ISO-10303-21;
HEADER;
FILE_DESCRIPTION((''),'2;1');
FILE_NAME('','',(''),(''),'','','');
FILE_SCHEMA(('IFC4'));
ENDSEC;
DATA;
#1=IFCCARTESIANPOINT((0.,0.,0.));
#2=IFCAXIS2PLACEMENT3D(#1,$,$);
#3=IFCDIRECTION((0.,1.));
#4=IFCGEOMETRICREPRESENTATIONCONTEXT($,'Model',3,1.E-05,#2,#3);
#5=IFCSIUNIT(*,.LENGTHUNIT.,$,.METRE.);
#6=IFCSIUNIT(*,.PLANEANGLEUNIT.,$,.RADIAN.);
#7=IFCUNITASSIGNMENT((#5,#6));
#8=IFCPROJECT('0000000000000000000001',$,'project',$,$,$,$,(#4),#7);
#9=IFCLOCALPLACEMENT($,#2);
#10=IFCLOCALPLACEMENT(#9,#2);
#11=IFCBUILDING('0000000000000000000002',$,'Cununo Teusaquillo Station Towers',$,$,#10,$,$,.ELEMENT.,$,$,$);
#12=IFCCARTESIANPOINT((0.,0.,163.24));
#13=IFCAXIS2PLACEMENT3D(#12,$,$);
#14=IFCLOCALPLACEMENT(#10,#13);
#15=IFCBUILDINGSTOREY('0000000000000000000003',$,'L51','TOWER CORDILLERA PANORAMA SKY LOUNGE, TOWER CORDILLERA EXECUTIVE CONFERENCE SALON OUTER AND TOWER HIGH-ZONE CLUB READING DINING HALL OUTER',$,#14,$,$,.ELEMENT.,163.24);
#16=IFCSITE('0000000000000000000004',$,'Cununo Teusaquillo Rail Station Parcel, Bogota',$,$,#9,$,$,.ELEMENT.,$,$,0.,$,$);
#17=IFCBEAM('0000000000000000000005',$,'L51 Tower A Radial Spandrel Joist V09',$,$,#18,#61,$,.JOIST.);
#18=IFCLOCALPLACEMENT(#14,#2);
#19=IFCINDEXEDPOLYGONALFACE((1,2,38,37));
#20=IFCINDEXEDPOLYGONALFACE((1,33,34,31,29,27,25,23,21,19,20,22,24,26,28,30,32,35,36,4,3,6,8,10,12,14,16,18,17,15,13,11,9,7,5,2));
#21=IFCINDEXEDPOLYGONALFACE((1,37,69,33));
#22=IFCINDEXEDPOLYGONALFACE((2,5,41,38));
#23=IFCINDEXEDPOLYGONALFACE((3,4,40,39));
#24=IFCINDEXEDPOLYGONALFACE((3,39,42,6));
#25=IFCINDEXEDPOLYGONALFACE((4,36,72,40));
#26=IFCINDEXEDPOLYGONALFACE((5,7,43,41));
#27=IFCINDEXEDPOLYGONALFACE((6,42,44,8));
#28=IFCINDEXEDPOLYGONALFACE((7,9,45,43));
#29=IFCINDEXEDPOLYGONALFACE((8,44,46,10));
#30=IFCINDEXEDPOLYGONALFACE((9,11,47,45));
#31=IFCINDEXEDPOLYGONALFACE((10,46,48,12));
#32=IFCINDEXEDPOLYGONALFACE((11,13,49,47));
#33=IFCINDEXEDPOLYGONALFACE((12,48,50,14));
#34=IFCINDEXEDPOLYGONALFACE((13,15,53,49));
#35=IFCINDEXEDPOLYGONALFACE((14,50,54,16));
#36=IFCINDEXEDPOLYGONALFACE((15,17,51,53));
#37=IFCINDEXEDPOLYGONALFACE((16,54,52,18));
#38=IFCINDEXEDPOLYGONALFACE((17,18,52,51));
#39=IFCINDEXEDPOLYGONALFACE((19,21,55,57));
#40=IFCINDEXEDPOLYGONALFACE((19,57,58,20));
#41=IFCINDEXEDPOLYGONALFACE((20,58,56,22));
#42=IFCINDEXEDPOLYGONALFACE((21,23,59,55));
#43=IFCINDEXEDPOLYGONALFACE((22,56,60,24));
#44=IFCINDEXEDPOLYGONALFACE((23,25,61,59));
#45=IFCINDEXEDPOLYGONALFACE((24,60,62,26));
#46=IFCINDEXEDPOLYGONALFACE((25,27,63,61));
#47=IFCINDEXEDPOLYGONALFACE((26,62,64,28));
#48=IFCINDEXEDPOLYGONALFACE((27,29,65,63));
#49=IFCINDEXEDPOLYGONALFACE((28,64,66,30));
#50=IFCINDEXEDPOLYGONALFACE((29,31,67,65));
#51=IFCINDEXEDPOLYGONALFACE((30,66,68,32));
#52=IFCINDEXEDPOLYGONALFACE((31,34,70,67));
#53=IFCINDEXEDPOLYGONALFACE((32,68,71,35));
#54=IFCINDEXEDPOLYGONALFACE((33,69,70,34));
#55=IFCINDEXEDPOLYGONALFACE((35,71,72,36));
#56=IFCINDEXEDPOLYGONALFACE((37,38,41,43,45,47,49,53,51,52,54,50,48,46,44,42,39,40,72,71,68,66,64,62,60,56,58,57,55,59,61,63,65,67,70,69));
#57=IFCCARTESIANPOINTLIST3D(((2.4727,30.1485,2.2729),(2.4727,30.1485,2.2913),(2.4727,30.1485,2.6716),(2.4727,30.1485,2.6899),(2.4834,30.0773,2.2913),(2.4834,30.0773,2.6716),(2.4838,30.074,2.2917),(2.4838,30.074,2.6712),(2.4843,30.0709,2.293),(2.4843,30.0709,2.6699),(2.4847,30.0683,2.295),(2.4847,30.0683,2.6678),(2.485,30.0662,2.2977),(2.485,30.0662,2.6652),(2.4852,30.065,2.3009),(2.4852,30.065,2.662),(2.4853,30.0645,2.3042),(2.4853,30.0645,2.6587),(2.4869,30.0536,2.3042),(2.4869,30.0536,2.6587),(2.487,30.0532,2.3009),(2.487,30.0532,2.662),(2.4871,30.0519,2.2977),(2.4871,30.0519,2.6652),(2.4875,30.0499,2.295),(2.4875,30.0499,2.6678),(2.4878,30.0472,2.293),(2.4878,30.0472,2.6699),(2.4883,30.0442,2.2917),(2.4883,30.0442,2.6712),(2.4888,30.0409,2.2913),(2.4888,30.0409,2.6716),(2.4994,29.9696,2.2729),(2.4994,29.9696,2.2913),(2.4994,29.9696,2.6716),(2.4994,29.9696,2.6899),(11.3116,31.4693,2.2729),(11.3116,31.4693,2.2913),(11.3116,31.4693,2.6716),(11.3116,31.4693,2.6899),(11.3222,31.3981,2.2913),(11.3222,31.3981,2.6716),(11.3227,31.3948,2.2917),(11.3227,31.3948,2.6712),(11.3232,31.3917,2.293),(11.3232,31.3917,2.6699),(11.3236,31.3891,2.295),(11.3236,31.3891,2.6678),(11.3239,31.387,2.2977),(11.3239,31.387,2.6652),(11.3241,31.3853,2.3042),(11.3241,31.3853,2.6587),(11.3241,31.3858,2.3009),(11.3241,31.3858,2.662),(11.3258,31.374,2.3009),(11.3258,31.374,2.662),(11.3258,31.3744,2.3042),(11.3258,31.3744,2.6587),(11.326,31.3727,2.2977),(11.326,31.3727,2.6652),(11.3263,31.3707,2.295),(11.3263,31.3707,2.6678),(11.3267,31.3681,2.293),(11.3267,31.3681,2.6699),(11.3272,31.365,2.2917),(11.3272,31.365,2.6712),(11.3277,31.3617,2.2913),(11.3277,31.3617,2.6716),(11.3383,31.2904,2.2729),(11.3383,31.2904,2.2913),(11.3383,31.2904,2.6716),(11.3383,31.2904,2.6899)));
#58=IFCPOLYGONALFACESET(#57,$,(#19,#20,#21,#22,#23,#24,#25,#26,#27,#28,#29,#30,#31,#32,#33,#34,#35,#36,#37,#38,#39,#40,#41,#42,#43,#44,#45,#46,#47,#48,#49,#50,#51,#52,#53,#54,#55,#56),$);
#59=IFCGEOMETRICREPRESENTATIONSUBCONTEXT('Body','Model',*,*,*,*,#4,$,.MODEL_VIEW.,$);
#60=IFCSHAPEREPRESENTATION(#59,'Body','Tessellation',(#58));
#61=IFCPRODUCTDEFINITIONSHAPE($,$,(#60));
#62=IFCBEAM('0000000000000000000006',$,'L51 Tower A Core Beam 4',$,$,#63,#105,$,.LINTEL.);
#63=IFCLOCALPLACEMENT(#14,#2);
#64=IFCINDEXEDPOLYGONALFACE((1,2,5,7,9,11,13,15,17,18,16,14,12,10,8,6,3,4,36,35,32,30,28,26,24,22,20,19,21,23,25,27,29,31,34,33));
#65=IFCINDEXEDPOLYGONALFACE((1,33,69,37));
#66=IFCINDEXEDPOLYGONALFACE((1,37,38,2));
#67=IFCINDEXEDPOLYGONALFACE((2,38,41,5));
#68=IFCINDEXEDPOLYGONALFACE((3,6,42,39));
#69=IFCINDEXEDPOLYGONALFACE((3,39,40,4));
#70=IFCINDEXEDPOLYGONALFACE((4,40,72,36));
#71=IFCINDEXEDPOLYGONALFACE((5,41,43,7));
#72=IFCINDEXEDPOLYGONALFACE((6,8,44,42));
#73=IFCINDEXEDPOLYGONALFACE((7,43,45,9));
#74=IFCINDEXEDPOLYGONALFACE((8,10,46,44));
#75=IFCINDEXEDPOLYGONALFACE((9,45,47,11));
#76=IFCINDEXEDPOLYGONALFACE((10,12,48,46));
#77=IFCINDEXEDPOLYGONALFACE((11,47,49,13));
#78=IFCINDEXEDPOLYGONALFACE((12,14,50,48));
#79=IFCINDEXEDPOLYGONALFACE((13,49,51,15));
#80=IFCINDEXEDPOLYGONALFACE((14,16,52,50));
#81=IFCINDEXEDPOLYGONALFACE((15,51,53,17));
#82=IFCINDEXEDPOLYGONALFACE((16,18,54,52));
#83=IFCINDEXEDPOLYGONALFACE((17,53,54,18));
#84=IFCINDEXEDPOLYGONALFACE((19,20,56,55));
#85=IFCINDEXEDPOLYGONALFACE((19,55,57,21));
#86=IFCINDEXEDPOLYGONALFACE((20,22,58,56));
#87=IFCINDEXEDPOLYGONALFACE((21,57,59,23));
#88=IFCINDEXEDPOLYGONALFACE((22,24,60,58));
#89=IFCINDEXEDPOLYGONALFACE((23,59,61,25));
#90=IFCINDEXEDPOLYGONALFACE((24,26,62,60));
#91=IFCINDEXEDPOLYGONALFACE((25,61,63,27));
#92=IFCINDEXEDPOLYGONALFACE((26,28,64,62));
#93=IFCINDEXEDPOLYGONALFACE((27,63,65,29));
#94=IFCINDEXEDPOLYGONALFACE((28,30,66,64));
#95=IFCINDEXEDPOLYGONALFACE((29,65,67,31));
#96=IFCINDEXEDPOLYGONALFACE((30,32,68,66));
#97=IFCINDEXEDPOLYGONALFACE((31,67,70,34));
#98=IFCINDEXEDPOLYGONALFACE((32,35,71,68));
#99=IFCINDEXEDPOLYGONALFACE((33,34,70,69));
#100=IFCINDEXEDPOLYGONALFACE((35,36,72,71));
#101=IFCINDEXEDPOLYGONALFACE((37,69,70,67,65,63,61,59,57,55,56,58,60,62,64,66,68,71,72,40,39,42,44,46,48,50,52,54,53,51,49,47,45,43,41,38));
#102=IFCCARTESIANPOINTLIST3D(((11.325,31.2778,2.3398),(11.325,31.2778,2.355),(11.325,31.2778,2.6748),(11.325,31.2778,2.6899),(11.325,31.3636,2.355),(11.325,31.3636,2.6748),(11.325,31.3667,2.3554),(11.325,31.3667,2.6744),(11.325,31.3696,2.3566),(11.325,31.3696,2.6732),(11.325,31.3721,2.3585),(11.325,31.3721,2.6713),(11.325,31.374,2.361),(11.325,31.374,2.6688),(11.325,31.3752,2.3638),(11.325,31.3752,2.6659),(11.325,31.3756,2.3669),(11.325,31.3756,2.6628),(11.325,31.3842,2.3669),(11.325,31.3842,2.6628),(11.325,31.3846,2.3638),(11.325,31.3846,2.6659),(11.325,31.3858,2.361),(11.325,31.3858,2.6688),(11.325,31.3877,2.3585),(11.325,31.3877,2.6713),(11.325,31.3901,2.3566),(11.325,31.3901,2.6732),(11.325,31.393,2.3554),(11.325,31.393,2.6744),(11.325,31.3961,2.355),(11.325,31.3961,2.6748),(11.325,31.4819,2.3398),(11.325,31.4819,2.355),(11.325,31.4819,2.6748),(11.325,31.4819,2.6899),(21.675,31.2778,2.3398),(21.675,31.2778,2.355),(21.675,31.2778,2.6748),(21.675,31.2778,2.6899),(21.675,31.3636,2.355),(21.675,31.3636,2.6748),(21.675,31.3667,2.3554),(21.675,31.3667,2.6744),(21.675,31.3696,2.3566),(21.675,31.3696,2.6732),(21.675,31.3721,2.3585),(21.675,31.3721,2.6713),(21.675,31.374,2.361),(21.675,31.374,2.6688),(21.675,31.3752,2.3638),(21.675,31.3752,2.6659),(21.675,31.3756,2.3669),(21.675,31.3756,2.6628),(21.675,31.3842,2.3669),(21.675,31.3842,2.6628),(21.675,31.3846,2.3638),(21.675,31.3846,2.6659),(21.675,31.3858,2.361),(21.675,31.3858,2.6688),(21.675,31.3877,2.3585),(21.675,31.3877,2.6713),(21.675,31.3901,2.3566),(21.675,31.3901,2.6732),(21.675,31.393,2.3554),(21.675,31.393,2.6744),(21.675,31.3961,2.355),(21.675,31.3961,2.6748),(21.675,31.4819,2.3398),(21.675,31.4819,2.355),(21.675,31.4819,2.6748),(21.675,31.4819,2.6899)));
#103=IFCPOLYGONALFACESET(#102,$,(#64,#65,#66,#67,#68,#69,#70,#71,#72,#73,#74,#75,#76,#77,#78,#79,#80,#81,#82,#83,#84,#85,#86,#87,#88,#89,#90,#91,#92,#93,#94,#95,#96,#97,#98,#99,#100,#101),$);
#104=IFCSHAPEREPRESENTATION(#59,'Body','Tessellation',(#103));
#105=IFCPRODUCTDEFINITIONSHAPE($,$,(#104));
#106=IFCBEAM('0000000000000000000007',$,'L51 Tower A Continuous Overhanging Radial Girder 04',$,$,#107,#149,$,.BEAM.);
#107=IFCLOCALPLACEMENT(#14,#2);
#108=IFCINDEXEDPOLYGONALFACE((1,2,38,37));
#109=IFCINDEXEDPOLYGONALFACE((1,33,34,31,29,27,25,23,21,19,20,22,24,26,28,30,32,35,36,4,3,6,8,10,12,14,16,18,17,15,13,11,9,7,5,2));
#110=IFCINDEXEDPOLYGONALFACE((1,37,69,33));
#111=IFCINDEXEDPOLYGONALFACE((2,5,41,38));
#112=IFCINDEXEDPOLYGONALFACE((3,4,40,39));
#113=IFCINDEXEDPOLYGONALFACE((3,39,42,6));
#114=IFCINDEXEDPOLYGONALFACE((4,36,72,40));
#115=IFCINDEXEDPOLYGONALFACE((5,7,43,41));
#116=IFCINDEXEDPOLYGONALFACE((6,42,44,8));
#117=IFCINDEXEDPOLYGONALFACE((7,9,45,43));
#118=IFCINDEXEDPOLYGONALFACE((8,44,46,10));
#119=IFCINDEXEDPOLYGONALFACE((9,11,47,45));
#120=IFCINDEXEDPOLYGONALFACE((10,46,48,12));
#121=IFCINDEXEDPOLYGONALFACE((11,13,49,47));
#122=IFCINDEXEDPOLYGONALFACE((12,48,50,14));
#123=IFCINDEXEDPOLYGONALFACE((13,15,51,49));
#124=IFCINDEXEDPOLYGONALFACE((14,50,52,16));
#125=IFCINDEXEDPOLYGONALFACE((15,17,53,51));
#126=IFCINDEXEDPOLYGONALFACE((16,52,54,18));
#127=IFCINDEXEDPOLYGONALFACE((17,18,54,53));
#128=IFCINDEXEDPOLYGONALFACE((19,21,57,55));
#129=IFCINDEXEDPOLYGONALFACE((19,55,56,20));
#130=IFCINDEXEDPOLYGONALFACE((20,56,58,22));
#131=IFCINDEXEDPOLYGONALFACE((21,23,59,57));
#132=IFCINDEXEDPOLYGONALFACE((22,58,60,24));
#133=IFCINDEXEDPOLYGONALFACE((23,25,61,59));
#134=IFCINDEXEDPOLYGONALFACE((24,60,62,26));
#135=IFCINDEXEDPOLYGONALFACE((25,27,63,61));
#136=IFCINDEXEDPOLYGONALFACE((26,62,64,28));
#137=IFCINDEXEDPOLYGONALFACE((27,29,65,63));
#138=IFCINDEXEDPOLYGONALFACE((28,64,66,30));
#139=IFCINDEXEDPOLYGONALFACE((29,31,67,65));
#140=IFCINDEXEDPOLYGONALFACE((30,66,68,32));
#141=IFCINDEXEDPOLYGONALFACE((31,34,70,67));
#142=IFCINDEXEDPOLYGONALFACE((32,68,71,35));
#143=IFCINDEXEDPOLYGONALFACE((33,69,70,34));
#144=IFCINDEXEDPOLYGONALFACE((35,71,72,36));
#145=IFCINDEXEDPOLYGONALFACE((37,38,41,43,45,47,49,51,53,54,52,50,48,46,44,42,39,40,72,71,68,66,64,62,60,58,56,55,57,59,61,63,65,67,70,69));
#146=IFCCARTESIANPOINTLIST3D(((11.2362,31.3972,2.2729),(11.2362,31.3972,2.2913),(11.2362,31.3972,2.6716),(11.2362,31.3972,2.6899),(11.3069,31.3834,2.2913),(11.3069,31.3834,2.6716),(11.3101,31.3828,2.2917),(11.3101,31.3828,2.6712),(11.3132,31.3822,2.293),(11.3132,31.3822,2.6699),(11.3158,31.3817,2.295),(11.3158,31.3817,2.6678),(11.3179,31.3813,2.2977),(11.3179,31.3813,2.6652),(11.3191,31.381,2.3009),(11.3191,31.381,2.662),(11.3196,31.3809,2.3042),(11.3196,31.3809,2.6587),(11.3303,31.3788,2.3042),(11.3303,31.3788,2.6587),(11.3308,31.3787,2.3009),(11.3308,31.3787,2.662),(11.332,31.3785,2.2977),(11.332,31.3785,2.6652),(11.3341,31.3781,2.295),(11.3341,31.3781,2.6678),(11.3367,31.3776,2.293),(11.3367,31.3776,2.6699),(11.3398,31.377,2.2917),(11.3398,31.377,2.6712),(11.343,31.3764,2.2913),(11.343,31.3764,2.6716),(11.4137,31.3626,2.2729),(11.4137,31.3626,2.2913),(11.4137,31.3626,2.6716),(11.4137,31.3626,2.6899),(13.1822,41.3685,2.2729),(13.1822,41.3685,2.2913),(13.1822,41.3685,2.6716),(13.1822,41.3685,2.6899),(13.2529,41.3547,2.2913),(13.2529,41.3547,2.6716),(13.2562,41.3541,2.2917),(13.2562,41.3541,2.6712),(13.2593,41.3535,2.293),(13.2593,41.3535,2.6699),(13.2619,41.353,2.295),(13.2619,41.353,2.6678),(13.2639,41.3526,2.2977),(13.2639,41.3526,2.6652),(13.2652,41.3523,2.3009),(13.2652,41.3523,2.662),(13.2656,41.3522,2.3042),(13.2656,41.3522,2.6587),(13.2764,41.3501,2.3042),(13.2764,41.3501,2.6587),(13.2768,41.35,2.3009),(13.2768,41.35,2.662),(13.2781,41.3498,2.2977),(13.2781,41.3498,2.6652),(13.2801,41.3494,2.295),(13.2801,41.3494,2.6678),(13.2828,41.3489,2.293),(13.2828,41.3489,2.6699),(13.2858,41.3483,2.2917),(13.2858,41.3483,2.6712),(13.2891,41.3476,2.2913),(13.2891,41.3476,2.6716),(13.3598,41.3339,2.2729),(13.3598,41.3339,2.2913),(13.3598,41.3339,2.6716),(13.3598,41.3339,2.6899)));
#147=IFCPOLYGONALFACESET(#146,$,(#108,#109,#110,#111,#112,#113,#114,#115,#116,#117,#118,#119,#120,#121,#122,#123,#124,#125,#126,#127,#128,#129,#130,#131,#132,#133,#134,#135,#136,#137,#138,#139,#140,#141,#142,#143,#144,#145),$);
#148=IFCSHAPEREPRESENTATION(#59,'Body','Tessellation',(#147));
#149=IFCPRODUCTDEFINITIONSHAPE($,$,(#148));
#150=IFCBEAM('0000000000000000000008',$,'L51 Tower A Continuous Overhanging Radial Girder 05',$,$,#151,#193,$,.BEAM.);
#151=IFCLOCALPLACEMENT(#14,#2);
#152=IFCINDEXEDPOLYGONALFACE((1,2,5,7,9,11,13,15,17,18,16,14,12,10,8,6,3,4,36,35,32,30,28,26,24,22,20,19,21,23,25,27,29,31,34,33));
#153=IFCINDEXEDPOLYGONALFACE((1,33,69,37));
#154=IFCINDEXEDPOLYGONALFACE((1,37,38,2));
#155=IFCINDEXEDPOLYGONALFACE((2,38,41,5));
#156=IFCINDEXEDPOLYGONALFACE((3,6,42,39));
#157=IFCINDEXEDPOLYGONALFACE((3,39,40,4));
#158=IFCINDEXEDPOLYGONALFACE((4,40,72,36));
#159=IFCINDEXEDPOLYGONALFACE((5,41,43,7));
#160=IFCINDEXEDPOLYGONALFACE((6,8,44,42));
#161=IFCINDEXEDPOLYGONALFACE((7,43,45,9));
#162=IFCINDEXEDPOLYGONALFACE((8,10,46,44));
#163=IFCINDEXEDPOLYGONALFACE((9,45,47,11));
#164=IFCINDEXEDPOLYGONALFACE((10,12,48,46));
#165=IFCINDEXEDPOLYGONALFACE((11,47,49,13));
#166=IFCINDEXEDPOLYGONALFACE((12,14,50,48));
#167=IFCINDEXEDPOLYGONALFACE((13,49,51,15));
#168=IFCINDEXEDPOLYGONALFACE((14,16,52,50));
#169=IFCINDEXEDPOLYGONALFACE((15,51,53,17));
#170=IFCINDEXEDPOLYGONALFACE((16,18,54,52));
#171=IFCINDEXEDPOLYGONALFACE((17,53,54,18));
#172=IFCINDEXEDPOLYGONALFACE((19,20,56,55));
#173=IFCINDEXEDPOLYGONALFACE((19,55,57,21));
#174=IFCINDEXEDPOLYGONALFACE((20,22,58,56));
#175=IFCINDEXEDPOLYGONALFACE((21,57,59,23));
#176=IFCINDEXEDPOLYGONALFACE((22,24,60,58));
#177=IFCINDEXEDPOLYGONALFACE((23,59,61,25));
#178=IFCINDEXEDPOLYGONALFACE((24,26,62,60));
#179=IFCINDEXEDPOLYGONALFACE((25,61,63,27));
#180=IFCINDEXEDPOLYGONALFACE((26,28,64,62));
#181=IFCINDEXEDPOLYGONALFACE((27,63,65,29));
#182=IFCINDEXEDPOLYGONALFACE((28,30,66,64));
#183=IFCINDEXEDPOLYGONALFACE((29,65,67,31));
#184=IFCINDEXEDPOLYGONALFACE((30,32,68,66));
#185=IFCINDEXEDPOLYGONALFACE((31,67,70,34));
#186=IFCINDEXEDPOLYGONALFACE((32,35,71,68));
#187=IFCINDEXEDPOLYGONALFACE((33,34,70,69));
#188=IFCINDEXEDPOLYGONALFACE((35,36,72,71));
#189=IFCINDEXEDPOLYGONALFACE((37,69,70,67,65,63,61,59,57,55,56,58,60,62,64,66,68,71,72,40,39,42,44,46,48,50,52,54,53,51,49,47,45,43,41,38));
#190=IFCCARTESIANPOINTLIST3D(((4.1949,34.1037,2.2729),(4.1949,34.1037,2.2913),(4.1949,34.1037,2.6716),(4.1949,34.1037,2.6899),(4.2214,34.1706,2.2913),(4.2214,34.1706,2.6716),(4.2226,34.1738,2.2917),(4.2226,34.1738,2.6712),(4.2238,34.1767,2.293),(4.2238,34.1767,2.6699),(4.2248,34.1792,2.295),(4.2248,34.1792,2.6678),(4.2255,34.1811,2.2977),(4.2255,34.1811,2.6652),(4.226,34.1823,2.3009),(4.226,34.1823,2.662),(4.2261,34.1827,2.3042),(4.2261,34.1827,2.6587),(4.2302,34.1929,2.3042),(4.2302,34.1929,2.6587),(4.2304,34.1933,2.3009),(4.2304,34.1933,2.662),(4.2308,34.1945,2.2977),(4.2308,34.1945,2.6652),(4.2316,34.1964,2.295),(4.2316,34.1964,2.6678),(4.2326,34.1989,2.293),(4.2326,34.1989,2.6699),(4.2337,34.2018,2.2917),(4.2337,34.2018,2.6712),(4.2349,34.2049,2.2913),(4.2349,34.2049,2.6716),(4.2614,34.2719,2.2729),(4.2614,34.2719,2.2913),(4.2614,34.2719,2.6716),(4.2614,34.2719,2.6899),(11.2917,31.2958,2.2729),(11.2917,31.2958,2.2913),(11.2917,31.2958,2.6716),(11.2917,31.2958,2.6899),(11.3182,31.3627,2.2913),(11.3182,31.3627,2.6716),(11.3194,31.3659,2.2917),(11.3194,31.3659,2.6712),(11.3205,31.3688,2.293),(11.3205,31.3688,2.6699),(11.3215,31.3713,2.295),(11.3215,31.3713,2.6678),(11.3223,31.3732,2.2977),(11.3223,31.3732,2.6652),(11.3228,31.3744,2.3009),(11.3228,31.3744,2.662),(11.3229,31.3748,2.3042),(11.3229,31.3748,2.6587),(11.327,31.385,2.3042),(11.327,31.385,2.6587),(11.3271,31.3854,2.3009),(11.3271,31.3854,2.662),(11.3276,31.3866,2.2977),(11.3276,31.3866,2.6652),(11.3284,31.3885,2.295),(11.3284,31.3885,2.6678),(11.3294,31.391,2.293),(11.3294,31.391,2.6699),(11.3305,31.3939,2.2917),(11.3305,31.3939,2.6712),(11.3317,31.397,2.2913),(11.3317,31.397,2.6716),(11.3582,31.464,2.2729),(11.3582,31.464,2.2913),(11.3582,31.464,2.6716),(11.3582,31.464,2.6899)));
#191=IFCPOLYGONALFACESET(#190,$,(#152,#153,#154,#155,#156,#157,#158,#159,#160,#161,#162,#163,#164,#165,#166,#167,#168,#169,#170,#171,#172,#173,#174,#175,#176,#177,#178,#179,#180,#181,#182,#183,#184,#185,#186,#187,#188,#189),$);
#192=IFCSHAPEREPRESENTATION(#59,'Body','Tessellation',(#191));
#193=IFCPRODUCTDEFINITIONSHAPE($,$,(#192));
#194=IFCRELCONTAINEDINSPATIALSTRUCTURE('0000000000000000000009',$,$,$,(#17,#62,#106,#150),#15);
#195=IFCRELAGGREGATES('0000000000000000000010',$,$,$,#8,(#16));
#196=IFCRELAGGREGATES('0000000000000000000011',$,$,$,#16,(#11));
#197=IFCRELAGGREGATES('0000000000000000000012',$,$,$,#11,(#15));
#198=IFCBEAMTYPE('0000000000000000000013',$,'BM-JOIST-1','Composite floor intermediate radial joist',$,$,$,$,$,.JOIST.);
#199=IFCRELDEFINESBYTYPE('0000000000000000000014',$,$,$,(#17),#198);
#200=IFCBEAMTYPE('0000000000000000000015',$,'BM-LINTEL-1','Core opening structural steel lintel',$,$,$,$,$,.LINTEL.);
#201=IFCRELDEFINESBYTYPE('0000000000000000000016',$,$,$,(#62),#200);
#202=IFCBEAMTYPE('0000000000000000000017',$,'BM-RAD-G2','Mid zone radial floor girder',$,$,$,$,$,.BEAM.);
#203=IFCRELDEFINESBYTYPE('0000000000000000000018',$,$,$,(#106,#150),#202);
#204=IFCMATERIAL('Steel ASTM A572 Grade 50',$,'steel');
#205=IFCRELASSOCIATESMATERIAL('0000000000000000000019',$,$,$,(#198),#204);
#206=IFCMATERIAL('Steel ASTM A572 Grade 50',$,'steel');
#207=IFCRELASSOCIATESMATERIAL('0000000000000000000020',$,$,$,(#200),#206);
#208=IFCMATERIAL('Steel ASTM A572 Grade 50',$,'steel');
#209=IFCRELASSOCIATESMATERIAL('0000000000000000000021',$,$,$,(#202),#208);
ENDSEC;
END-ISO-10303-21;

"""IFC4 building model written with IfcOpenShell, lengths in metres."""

from ifc_helpers import new_model, si_unit, direction, frame, origin, origin_2d, place, context, subcontext, project, spatial, i_section, extrude, material, material_profile, profile_set, type_object, element, save


model = new_model("IFC4")

# Units and contexts
model_context = context("Model", 3, precision=1e-05, world=origin(), true_north=direction((0.0, 1.0)))
body_context = subcontext(model_context, "Body", "Model", "MODEL_VIEW")
ifc_project = project(units=[si_unit("LENGTHUNIT", "METRE"), si_unit("PLANEANGLEUNIT", "RADIAN")], contexts=[model_context])

# Site, building, storey
site_placement = place(None, origin())
site = spatial("IfcSite", under=ifc_project, at=site_placement, Name="Cununo Teusaquillo Rail Station Parcel, Bogota", CompositionType="ELEMENT", RefElevation=0.0)
building_placement = place(site_placement, origin())
building = spatial("IfcBuilding", under=site, at=building_placement, Name="Cununo Teusaquillo Station Towers", CompositionType="ELEMENT")
storey_placement = place(building_placement, frame((0.0, 0.0, 163.24)))
storey = spatial("IfcBuildingStorey", under=building, at=storey_placement, Name="L51", Description="TOWER CORDILLERA PANORAMA SKY LOUNGE, TOWER CORDILLERA EXECUTIVE CONFERENCE SALON OUTER AND TOWER HIGH-ZONE CLUB READING DINING HALL OUTER", CompositionType="ELEMENT", Elevation=163.24)

# Beams
ifc_material_1 = material(Name="Steel ASTM A572 Grade 50", Category="steel")
ifc_material_profile_1 = material_profile(ifc_material_1, i_section(OverallWidth=0.1809, OverallDepth=0.417, WebThickness=0.011, FlangeThickness=0.0183, FilletRadius=0.0129, at=origin_2d()), Name="W16X57")
ifc_profile_set_1 = profile_set([ifc_material_profile_1], Name="Steel ASTM A572 Grade 50")
beam_type_1 = type_object("IfcBeamType", Name="BM-JOIST-1", Description="Composite floor intermediate radial joist", PredefinedType="JOIST", material=ifc_profile_set_1)
beam_1_placement = place(storey_placement, frame((11.325, 31.3799, 2.4814), z_axis=(-0.989019, -0.14779, 0.0), x_axis=(0.14779, -0.989019, 0.0)))
element("IfcBeam", 1, at=beam_1_placement, inside=storey, type_object=beam_type_1, Name="L51 Tower A Radial Spandrel Joist V09", PredefinedType="JOIST", context=body_context, shape_type="SweptSolid", body=[
    extrude(i_section(OverallWidth=0.1809, OverallDepth=0.417, WebThickness=0.011, FlangeThickness=0.0183, FilletRadius=0.0129, at=origin_2d()), origin(), (0.0, 0.0, 1.0), 8.937),
])
ifc_material_2 = material(Name="Steel ASTM A572 Grade 50", Category="steel")
ifc_material_profile_2 = material_profile(ifc_material_2, i_section(OverallWidth=0.2041, OverallDepth=0.3501, WebThickness=0.0085, FlangeThickness=0.0151, FilletRadius=0.012, at=origin_2d()), Name="W14X48")
ifc_profile_set_2 = profile_set([ifc_material_profile_2], Name="Steel ASTM A572 Grade 50")
beam_type_2 = type_object("IfcBeamType", Name="BM-LINTEL-1", Description="Core opening structural steel lintel", PredefinedType="LINTEL", material=ifc_profile_set_2)
beam_2_placement = place(storey_placement, frame((11.325, 31.3799, 2.5149), z_axis=(1.0, 0.0, 0.0), x_axis=(0.0, 1.0, 0.0)))
element("IfcBeam", 2, at=beam_2_placement, inside=storey, type_object=beam_type_2, Name="L51 Tower A Core Beam 4", PredefinedType="LINTEL", context=body_context, shape_type="SweptSolid", body=[
    extrude(i_section(OverallWidth=0.2041, OverallDepth=0.3501, WebThickness=0.0085, FlangeThickness=0.0151, FilletRadius=0.012, at=origin_2d()), origin(), (0.0, 0.0, 1.0), 10.3501),
])
ifc_material_3 = material(Name="Steel ASTM A572 Grade 50", Category="steel")
ifc_material_profile_3 = material_profile(ifc_material_3, i_section(OverallWidth=0.1809, OverallDepth=0.417, WebThickness=0.011, FlangeThickness=0.0183, FilletRadius=0.0129, at=origin_2d()), Name="W16X57")
ifc_profile_set_3 = profile_set([ifc_material_profile_3], Name="Steel ASTM A572 Grade 50")
beam_type_3 = type_object("IfcBeamType", Name="BM-RAD-G2", Description="Mid zone radial floor girder", PredefinedType="BEAM", material=ifc_profile_set_3)
beam_3_placement = place(storey_placement, frame((11.325, 31.3799, 2.4814), z_axis=(0.191553, 0.981482, 0.0), x_axis=(-0.981482, 0.191553, 0.0)))
element("IfcBeam", 3, at=beam_3_placement, inside=storey, type_object=beam_type_3, Name="L51 Tower A Continuous Overhanging Radial Girder 04", PredefinedType="BEAM", context=body_context, shape_type="SweptSolid", body=[
    extrude(i_section(OverallWidth=0.1809, OverallDepth=0.417, WebThickness=0.011, FlangeThickness=0.0183, FilletRadius=0.0129, at=origin_2d()), origin(), (0.0, 0.0, 1.0), 10.1594),
])
beam_4_placement = place(storey_placement, frame((11.325, 31.3799, 2.4814), z_axis=(-0.929862, 0.367908, 0.0), x_axis=(-0.367908, -0.929862, 0.0)))
element("IfcBeam", 4, at=beam_4_placement, inside=storey, type_object=beam_type_3, Name="L51 Tower A Continuous Overhanging Radial Girder 05", PredefinedType="BEAM", context=body_context, shape_type="SweptSolid", body=[
    extrude(i_section(OverallWidth=0.1809, OverallDepth=0.417, WebThickness=0.011, FlangeThickness=0.0183, FilletRadius=0.0129, at=origin_2d()), origin(), (0.0, 0.0, 1.0), 7.6321),
])

save(model, "model.ifc")
